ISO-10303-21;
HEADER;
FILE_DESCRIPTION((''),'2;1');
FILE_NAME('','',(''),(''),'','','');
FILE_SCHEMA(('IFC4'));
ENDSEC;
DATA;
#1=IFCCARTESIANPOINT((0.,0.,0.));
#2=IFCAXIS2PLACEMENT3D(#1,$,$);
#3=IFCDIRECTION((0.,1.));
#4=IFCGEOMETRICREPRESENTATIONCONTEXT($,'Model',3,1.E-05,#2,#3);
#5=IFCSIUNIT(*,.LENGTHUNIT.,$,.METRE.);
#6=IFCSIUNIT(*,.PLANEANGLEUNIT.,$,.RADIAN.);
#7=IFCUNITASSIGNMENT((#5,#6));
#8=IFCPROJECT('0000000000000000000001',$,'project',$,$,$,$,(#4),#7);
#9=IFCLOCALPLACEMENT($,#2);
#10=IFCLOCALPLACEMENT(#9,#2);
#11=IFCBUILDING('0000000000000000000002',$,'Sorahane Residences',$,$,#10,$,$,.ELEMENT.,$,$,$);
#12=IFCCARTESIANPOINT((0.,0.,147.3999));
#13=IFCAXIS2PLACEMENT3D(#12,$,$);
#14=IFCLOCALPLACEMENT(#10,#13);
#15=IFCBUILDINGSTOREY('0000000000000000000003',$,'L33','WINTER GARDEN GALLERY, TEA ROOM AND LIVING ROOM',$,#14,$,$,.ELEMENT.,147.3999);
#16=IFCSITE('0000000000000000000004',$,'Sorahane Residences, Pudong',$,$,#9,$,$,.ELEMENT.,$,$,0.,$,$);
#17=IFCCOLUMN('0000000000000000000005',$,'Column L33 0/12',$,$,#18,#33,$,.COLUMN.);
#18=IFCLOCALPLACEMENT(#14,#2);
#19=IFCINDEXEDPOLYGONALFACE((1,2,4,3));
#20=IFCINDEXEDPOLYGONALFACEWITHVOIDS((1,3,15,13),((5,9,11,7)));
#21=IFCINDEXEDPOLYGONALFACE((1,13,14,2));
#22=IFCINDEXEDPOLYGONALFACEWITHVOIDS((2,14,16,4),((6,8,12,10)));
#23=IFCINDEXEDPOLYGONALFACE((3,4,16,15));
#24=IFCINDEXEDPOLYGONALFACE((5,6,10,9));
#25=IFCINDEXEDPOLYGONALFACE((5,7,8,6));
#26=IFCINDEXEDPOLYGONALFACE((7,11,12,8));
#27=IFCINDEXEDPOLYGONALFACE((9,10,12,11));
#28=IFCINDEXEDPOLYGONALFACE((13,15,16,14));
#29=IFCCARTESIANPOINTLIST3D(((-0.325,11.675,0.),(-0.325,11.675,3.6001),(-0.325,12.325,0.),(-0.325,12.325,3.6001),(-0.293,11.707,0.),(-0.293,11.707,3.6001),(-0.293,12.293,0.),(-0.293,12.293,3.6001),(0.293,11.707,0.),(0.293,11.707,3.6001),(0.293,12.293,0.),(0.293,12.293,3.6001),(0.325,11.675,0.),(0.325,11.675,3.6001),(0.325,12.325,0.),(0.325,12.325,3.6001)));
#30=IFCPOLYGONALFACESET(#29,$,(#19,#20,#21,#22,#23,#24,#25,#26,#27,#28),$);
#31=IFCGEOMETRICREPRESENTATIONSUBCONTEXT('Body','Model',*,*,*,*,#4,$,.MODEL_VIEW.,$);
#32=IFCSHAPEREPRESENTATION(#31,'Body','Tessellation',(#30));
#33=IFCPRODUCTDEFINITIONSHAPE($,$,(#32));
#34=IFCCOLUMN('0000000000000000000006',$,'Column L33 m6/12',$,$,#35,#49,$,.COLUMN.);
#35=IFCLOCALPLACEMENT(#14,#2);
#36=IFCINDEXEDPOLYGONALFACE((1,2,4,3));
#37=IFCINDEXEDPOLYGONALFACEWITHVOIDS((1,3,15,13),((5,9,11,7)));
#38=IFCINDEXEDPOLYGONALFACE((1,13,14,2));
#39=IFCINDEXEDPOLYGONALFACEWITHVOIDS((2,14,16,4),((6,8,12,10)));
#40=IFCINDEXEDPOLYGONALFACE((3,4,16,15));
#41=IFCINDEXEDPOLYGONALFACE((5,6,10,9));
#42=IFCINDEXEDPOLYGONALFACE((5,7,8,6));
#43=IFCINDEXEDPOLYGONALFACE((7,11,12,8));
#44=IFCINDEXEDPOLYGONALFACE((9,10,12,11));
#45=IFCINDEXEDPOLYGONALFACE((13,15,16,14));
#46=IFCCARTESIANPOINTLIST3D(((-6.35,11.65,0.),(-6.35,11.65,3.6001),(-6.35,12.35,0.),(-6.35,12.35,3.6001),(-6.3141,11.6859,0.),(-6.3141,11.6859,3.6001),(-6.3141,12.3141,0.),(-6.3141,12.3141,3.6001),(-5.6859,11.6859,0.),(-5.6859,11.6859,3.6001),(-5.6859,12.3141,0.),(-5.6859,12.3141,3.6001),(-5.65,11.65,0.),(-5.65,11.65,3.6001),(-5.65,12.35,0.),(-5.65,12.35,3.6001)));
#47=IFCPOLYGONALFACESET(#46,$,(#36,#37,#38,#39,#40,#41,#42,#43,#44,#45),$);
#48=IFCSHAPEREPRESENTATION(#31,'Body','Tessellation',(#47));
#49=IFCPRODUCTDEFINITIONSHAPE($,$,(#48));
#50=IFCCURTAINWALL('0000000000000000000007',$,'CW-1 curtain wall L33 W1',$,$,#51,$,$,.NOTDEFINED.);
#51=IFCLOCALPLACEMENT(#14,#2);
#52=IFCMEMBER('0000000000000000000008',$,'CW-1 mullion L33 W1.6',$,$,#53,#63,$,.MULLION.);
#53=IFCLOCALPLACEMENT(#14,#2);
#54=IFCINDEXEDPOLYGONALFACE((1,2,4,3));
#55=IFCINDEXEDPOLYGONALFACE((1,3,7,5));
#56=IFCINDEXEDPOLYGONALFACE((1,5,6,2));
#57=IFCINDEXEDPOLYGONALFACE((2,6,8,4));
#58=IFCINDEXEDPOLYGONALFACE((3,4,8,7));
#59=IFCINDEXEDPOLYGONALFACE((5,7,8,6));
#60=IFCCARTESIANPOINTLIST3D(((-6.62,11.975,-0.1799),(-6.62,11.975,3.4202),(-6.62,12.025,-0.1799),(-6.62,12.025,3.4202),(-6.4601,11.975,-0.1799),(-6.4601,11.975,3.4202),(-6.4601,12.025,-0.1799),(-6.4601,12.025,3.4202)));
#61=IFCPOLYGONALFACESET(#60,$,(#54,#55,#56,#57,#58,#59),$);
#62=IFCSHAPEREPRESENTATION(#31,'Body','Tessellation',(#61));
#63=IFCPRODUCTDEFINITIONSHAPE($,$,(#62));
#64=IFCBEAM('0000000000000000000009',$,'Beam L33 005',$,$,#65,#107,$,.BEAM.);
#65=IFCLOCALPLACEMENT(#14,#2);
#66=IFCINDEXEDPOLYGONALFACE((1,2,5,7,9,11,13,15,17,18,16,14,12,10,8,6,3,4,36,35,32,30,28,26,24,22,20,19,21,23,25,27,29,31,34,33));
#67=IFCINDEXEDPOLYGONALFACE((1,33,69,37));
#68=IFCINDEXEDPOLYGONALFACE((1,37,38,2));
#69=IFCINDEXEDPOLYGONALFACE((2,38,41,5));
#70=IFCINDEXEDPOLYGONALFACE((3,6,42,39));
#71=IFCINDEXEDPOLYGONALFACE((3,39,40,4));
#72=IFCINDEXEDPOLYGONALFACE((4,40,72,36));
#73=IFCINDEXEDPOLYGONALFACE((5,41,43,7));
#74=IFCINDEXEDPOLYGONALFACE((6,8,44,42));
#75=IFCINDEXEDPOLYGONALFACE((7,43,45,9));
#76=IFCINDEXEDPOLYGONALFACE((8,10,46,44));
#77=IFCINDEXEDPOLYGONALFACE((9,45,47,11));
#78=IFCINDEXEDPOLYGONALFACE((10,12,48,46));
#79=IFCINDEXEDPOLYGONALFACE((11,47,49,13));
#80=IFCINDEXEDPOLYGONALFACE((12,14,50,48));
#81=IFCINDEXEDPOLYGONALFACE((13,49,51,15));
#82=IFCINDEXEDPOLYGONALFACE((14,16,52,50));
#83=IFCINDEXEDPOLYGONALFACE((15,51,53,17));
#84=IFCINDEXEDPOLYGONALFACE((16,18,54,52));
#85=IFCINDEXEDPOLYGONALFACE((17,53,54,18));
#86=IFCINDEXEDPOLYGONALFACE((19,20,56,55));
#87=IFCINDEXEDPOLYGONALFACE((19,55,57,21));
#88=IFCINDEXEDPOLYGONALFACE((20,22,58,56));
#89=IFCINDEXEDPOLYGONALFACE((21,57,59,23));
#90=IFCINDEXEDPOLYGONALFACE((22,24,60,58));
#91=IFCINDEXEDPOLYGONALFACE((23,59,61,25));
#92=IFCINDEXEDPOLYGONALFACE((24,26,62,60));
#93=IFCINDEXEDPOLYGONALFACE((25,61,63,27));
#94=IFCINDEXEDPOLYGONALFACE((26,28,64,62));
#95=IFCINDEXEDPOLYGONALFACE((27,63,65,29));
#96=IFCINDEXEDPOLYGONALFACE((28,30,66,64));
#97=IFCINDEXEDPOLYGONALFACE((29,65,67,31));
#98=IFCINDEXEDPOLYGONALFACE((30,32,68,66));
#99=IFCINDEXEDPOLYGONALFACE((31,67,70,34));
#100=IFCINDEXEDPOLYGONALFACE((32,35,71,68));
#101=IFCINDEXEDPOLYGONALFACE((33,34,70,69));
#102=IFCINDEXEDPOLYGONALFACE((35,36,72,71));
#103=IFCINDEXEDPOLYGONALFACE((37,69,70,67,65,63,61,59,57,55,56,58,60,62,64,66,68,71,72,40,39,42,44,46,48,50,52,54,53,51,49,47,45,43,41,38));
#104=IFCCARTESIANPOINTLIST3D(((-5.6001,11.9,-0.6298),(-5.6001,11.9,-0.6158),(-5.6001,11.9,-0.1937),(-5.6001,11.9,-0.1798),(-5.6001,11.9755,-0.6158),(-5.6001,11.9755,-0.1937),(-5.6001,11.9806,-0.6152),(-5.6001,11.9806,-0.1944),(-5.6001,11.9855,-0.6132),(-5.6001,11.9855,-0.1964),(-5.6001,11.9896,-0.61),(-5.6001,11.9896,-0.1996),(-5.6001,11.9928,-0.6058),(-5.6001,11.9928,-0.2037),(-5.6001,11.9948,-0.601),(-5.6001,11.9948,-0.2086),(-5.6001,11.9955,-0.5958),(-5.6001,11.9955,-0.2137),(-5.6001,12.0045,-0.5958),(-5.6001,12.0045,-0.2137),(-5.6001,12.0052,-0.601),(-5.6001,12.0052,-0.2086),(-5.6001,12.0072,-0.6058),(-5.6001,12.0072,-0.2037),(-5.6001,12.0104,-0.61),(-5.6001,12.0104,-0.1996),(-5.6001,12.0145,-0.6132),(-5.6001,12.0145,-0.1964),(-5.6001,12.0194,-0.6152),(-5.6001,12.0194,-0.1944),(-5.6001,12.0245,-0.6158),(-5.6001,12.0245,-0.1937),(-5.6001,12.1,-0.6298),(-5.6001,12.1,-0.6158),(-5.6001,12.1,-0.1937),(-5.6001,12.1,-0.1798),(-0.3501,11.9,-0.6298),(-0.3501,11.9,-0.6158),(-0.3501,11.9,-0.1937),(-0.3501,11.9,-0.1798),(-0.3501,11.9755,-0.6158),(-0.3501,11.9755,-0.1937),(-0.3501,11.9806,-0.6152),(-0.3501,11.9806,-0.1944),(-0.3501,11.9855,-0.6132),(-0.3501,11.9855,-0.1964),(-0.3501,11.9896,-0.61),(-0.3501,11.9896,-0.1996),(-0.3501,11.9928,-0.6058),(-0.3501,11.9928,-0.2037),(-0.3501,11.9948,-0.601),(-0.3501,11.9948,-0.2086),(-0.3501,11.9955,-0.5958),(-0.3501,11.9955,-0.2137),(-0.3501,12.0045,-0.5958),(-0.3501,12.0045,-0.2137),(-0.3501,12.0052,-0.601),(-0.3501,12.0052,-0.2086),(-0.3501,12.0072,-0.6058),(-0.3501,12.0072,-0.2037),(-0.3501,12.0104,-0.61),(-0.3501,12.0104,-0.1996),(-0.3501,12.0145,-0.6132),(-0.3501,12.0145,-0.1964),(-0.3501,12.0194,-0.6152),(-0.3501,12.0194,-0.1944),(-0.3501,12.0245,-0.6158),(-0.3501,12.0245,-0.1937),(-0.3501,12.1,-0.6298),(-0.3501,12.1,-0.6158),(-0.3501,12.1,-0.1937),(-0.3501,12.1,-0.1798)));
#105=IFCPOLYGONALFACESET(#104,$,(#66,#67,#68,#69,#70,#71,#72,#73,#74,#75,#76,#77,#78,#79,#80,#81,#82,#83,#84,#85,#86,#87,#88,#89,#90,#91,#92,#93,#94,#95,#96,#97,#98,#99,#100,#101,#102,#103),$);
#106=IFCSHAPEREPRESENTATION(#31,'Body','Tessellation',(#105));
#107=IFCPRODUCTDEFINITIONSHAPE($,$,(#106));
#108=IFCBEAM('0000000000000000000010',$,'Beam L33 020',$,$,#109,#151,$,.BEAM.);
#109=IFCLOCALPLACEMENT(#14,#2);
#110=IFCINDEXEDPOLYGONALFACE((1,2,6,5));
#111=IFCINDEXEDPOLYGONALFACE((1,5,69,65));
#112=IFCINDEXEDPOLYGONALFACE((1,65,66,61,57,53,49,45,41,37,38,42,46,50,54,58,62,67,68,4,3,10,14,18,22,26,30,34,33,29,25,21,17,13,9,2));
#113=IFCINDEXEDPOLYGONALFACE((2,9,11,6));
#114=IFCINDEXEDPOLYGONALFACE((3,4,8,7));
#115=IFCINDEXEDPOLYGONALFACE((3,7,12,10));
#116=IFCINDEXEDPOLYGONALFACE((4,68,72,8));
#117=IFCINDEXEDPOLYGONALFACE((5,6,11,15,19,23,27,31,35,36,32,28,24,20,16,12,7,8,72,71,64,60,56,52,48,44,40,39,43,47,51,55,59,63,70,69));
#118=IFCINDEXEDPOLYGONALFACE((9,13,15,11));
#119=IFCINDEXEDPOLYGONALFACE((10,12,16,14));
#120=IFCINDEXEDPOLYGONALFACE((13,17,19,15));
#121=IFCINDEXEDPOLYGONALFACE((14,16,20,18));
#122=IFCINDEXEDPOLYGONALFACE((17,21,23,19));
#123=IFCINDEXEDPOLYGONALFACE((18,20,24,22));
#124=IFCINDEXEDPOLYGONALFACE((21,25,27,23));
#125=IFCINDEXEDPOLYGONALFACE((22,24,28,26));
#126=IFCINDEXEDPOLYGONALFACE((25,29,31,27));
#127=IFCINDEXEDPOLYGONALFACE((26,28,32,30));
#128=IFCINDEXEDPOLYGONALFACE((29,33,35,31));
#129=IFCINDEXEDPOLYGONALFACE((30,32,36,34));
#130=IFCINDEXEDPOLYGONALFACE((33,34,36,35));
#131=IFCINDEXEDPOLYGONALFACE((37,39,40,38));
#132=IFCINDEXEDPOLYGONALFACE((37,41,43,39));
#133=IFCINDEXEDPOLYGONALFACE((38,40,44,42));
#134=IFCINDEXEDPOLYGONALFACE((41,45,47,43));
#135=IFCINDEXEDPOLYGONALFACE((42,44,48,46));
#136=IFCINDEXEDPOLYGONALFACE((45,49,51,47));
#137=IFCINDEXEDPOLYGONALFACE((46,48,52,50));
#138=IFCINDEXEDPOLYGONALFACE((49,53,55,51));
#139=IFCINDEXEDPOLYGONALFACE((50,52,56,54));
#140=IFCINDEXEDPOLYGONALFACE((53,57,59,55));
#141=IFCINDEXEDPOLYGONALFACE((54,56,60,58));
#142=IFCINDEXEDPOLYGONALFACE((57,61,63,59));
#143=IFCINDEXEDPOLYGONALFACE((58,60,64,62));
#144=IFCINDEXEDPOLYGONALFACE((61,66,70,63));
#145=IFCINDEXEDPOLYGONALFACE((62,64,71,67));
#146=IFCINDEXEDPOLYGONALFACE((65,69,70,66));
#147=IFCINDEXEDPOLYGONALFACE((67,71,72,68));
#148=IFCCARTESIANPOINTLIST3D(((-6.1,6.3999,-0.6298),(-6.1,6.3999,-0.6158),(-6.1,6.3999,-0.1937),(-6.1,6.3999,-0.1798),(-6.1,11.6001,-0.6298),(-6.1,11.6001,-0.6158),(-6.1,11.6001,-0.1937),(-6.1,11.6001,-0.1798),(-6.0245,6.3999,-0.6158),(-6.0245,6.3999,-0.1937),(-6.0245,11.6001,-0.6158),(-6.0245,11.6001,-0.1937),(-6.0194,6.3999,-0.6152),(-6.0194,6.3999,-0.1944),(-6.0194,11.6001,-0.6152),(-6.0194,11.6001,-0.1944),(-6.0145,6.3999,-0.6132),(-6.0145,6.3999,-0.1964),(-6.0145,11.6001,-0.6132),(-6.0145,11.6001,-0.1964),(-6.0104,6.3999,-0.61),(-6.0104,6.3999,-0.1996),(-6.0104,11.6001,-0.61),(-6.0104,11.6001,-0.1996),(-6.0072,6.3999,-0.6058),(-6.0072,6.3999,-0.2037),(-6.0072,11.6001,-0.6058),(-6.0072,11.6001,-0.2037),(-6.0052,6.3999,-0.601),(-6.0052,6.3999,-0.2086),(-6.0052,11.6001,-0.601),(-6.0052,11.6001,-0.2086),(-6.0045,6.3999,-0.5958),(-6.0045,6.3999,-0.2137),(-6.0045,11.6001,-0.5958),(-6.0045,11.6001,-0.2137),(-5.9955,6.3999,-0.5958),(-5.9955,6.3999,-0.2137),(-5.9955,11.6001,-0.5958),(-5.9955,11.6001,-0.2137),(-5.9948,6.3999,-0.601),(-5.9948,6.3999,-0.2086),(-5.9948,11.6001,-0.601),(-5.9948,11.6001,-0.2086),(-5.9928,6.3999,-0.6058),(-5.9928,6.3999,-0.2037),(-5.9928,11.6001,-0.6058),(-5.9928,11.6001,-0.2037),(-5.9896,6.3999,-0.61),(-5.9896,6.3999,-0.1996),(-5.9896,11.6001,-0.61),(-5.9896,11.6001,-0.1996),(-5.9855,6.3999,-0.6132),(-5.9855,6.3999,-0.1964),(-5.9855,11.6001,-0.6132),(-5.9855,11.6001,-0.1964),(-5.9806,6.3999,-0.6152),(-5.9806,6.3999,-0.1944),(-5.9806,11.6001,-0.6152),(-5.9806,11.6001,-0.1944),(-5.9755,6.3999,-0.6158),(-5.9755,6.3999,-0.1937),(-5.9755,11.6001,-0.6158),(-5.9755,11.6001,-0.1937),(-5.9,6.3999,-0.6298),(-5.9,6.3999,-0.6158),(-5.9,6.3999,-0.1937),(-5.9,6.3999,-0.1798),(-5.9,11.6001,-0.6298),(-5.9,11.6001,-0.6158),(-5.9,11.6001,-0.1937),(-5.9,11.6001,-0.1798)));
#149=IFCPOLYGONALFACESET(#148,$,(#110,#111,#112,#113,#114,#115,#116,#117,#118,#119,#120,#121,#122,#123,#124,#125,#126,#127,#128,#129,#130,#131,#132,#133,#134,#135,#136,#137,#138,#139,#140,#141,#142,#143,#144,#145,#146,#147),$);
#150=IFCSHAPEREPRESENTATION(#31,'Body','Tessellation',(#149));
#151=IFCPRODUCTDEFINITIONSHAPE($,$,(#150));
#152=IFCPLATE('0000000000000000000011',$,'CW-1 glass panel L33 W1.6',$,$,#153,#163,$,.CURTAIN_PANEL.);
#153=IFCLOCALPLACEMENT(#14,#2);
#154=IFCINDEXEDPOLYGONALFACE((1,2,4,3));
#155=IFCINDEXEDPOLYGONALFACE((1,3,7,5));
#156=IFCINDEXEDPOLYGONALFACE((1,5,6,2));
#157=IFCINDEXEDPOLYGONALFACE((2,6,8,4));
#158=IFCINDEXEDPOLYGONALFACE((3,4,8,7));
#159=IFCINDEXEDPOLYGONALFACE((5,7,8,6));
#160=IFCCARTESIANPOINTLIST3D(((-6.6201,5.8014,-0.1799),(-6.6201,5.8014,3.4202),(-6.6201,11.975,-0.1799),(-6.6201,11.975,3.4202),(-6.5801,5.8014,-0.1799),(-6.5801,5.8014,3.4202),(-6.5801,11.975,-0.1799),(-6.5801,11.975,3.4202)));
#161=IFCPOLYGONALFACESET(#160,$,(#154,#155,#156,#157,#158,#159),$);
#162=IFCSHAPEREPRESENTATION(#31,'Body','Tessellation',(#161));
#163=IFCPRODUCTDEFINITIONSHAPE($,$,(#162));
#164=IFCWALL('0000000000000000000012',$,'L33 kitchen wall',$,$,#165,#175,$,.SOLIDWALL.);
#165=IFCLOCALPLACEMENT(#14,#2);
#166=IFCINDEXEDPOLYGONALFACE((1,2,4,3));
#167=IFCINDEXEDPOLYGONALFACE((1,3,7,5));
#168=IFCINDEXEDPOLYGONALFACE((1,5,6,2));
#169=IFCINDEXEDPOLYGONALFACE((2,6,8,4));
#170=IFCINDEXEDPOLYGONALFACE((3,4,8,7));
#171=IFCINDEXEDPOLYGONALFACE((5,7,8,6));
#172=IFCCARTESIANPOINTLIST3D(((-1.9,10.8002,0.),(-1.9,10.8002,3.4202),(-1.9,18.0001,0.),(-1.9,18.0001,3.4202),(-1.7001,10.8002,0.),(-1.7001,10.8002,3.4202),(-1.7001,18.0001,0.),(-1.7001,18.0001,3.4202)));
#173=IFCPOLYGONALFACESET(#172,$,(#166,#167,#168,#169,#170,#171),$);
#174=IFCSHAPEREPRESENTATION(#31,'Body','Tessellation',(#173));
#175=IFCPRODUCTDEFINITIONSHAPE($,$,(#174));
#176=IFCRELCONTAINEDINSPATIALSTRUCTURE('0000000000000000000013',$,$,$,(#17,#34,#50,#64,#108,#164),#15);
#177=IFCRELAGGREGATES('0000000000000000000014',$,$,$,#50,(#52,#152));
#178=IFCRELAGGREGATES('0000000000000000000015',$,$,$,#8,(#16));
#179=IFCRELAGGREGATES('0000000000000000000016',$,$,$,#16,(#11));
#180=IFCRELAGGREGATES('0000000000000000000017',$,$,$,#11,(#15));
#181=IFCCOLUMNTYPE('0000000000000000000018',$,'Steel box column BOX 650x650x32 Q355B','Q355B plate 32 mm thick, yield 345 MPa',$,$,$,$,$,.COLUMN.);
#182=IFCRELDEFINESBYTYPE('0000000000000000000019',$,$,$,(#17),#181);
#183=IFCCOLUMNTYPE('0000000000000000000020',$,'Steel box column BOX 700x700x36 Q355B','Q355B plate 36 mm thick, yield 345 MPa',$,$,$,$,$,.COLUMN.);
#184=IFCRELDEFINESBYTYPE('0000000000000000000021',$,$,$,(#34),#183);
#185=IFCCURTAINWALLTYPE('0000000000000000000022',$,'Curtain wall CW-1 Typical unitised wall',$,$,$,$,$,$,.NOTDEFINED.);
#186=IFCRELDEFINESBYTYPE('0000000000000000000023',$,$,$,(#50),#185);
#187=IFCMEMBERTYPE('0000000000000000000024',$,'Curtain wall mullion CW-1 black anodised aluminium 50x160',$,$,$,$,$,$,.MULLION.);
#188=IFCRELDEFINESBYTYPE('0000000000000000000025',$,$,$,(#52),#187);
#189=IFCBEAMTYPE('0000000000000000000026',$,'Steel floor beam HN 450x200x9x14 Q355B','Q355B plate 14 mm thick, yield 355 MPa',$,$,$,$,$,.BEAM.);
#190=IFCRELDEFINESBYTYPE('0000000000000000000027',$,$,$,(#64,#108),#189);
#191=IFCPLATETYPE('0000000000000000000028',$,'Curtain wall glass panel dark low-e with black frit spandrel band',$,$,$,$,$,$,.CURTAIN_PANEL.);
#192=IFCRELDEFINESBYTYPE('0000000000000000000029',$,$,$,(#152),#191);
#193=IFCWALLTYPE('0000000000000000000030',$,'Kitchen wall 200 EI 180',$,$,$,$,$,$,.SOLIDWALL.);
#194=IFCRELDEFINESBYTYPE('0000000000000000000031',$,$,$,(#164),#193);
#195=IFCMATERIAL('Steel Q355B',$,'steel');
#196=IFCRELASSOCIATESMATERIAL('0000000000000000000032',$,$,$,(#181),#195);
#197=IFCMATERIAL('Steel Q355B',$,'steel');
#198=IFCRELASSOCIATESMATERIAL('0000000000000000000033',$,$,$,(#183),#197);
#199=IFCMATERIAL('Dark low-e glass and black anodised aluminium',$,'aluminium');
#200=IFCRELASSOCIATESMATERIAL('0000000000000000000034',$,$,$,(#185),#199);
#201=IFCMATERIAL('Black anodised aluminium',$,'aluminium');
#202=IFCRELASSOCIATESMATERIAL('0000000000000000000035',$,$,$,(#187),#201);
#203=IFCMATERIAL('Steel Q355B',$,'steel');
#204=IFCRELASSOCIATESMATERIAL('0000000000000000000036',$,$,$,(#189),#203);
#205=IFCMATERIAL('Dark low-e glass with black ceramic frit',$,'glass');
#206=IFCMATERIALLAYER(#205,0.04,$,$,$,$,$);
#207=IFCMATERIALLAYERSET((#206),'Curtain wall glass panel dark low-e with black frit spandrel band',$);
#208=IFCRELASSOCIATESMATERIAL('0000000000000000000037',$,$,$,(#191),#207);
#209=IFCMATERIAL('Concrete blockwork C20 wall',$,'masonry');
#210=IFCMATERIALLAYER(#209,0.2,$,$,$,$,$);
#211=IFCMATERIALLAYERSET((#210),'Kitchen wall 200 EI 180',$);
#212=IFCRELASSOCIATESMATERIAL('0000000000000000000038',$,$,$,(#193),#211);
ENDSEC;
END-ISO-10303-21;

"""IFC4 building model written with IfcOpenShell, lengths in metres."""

from ifc_helpers import new_model, si_unit, direction, frame, frame_2d, origin, origin_2d, place, context, subcontext, project, spatial, rectangle, hollow_rectangle, i_section, extrude, material, layer, layer_set, material_profile, profile_set, type_object, element, aggregate, save


model = new_model("IFC4")

# Units and contexts
model_context = context("Model", 3, precision=1e-05, world=origin(), true_north=direction((0.0, 1.0)))
body_context = subcontext(model_context, "Body", "Model", "MODEL_VIEW")
ifc_project = project(units=[si_unit("LENGTHUNIT", "METRE"), si_unit("PLANEANGLEUNIT", "RADIAN")], contexts=[model_context])

# Site, building, storey
site_placement = place(None, origin())
site = spatial("IfcSite", under=ifc_project, at=site_placement, Name="Sorahane Residences, Pudong", CompositionType="ELEMENT", RefElevation=0.0)
building_placement = place(site_placement, origin())
building = spatial("IfcBuilding", under=site, at=building_placement, Name="Sorahane Residences", CompositionType="ELEMENT")
storey_placement = place(building_placement, frame((0.0, 0.0, 147.3999)))
storey = spatial("IfcBuildingStorey", under=building, at=storey_placement, Name="L33", Description="WINTER GARDEN GALLERY, TEA ROOM AND LIVING ROOM", CompositionType="ELEMENT", Elevation=147.3999)

# Columns
ifc_material_1 = material(Name="Steel Q355B", Category="steel")
ifc_material_profile_1 = material_profile(ifc_material_1, hollow_rectangle(XDim=0.6499, YDim=0.6499, WallThickness=0.032, at=origin_2d()), Name="BOX 650x650x32")
ifc_profile_set_1 = profile_set([ifc_material_profile_1], Name="Steel Q355B")
column_type_1 = type_object("IfcColumnType", Name="Steel box column BOX 650x650x32 Q355B", Description="Q355B plate 32 mm thick, yield 345 MPa", PredefinedType="COLUMN", material=ifc_profile_set_1)
column_1_placement = place(storey_placement, frame((0.0, 12.0, 0.0), z_axis=(0.0, 0.0, 1.0), x_axis=(1.0, 0.0, 0.0)))
element("IfcColumn", 1, at=column_1_placement, inside=storey, type_object=column_type_1, Name="Column L33 0/12", PredefinedType="COLUMN", context=body_context, shape_type="SweptSolid", body=[
    extrude(hollow_rectangle(XDim=0.6499, YDim=0.6499, WallThickness=0.032, at=origin_2d()), origin(), (0.0, 0.0, 1.0), 3.6001),
])
ifc_material_2 = material(Name="Steel Q355B", Category="steel")
ifc_material_profile_2 = material_profile(ifc_material_2, hollow_rectangle(XDim=0.7, YDim=0.7, WallThickness=0.0359, at=origin_2d()), Name="BOX 700x700x36")
ifc_profile_set_2 = profile_set([ifc_material_profile_2], Name="Steel Q355B")
column_type_2 = type_object("IfcColumnType", Name="Steel box column BOX 700x700x36 Q355B", Description="Q355B plate 36 mm thick, yield 345 MPa", PredefinedType="COLUMN", material=ifc_profile_set_2)
column_2_placement = place(storey_placement, frame((-6.0, 12.0, 0.0), z_axis=(0.0, 0.0, 1.0), x_axis=(1.0, 0.0, 0.0)))
element("IfcColumn", 2, at=column_2_placement, inside=storey, type_object=column_type_2, Name="Column L33 m6/12", PredefinedType="COLUMN", context=body_context, shape_type="SweptSolid", body=[
    extrude(hollow_rectangle(XDim=0.7, YDim=0.7, WallThickness=0.0359, at=origin_2d()), origin(), (0.0, 0.0, 1.0), 3.6001),
])

# Curtain wall, member
ifc_material_3 = material(Name="Dark low-e glass and black anodised aluminium", Category="aluminium")
curtain_wall_type = type_object("IfcCurtainWallType", Name="Curtain wall CW-1 Typical unitised wall", PredefinedType="NOTDEFINED", material=ifc_material_3)
curtain_wall_placement = place(storey_placement, origin())
curtain_wall = element("IfcCurtainWall", 3, at=curtain_wall_placement, inside=storey, type_object=curtain_wall_type, Name="CW-1 curtain wall L33 W1", PredefinedType="NOTDEFINED")
ifc_material_4 = material(Name="Black anodised aluminium", Category="aluminium")
ifc_material_profile_3 = material_profile(ifc_material_4, rectangle(XDim=0.1599, YDim=0.05, at=origin_2d()), Name="Curtain wall mullion CW-1 black anodised aluminium 50x160")
ifc_profile_set_3 = profile_set([ifc_material_profile_3], Name="Black anodised aluminium")
member_type = type_object("IfcMemberType", Name="Curtain wall mullion CW-1 black anodised aluminium 50x160", PredefinedType="MULLION", material=ifc_profile_set_3)
member_placement = place(storey_placement, frame((-6.54, 12.0, -0.1799), z_axis=(0.0, 0.0, 1.0), x_axis=(-1.0, 0.0, 0.0)))
member = element("IfcMember", 4, at=member_placement, type_object=member_type, Name="CW-1 mullion L33 W1.6", PredefinedType="MULLION", context=body_context, shape_type="SweptSolid", body=[
    extrude(rectangle(XDim=0.1599, YDim=0.05, at=origin_2d()), origin(), (0.0, 0.0, 1.0), 3.6001),
])

# Beams
ifc_material_5 = material(Name="Steel Q355B", Category="steel")
ifc_material_profile_4 = material_profile(ifc_material_5, i_section(OverallWidth=0.2, OverallDepth=0.45, WebThickness=0.009, FlangeThickness=0.0139, FilletRadius=0.02, at=origin_2d()), Name="HN 450x200x9x14")
ifc_profile_set_4 = profile_set([ifc_material_profile_4], Name="Steel Q355B")
beam_type = type_object("IfcBeamType", Name="Steel floor beam HN 450x200x9x14 Q355B", Description="Q355B plate 14 mm thick, yield 355 MPa", PredefinedType="BEAM", material=ifc_profile_set_4)
beam_1_placement = place(storey_placement, frame((-5.6001, 12.0, -0.4048), z_axis=(1.0, 0.0, 0.0), x_axis=(0.0, 1.0, 0.0)))
element("IfcBeam", 5, at=beam_1_placement, inside=storey, type_object=beam_type, Name="Beam L33 005", PredefinedType="BEAM", context=body_context, shape_type="SweptSolid", body=[
    extrude(i_section(OverallWidth=0.2, OverallDepth=0.45, WebThickness=0.009, FlangeThickness=0.0139, FilletRadius=0.02, at=origin_2d()), origin(), (0.0, 0.0, 1.0), 5.25),
])
beam_2_placement = place(storey_placement, frame((-6.0, 6.3999, -0.4048), z_axis=(0.0, 1.0, 0.0), x_axis=(-1.0, 0.0, 0.0)))
element("IfcBeam", 6, at=beam_2_placement, inside=storey, type_object=beam_type, Name="Beam L33 020", PredefinedType="BEAM", context=body_context, shape_type="SweptSolid", body=[
    extrude(i_section(OverallWidth=0.2, OverallDepth=0.45, WebThickness=0.009, FlangeThickness=0.0139, FilletRadius=0.02, at=origin_2d()), origin(), (0.0, 0.0, 1.0), 5.2002),
])

# Plate
ifc_material_6 = material(Name="Dark low-e glass with black ceramic frit", Category="glass")
ifc_layer_1 = layer(ifc_material_6, 0.04)
ifc_layer_set_1 = layer_set([ifc_layer_1], Name="Curtain wall glass panel dark low-e with black frit spandrel band")
plate_type = type_object("IfcPlateType", Name="Curtain wall glass panel dark low-e with black frit spandrel band", PredefinedType="CURTAIN_PANEL", material=ifc_layer_set_1)
plate_placement = place(storey_placement, frame((-6.6001, 8.8882, -0.1799), z_axis=(0.0, 0.0, 1.0), x_axis=(0.0, -1.0, 0.0)))
plate = element("IfcPlate", 7, at=plate_placement, type_object=plate_type, Name="CW-1 glass panel L33 W1.6", PredefinedType="CURTAIN_PANEL", context=body_context, shape_type="SweptSolid", body=[
    extrude(rectangle(XDim=6.1736, YDim=0.04, at=origin_2d()), origin(), (0.0, 0.0, 1.0), 3.6001),
])
aggregate(curtain_wall, [member, plate])

# Wall
ifc_material_7 = material(Name="Concrete blockwork C20 wall", Category="masonry")
ifc_layer_2 = layer(ifc_material_7, 0.2)
ifc_layer_set_2 = layer_set([ifc_layer_2], Name="Kitchen wall 200 EI 180")
wall_type_1 = type_object("IfcWallType", Name="Kitchen wall 200 EI 180", PredefinedType="SOLIDWALL", material=ifc_layer_set_2)
wall_1_placement = place(storey_placement, frame((-1.8, 10.8, 0.0), z_axis=(0.0, 0.0, 1.0), x_axis=(0.0, 1.0, 0.0)))
element("IfcWall", 8, at=wall_1_placement, inside=storey, type_object=wall_type_1, Name="L33 kitchen wall", PredefinedType="SOLIDWALL", context=body_context, shape_type="SweptSolid", body=[
    extrude(rectangle(XDim=7.2, YDim=0.2, at=frame_2d((3.6001, 0.0))), origin(), (0.0, 0.0, 1.0), 3.4202),
])

save(model, "model.ifc")
